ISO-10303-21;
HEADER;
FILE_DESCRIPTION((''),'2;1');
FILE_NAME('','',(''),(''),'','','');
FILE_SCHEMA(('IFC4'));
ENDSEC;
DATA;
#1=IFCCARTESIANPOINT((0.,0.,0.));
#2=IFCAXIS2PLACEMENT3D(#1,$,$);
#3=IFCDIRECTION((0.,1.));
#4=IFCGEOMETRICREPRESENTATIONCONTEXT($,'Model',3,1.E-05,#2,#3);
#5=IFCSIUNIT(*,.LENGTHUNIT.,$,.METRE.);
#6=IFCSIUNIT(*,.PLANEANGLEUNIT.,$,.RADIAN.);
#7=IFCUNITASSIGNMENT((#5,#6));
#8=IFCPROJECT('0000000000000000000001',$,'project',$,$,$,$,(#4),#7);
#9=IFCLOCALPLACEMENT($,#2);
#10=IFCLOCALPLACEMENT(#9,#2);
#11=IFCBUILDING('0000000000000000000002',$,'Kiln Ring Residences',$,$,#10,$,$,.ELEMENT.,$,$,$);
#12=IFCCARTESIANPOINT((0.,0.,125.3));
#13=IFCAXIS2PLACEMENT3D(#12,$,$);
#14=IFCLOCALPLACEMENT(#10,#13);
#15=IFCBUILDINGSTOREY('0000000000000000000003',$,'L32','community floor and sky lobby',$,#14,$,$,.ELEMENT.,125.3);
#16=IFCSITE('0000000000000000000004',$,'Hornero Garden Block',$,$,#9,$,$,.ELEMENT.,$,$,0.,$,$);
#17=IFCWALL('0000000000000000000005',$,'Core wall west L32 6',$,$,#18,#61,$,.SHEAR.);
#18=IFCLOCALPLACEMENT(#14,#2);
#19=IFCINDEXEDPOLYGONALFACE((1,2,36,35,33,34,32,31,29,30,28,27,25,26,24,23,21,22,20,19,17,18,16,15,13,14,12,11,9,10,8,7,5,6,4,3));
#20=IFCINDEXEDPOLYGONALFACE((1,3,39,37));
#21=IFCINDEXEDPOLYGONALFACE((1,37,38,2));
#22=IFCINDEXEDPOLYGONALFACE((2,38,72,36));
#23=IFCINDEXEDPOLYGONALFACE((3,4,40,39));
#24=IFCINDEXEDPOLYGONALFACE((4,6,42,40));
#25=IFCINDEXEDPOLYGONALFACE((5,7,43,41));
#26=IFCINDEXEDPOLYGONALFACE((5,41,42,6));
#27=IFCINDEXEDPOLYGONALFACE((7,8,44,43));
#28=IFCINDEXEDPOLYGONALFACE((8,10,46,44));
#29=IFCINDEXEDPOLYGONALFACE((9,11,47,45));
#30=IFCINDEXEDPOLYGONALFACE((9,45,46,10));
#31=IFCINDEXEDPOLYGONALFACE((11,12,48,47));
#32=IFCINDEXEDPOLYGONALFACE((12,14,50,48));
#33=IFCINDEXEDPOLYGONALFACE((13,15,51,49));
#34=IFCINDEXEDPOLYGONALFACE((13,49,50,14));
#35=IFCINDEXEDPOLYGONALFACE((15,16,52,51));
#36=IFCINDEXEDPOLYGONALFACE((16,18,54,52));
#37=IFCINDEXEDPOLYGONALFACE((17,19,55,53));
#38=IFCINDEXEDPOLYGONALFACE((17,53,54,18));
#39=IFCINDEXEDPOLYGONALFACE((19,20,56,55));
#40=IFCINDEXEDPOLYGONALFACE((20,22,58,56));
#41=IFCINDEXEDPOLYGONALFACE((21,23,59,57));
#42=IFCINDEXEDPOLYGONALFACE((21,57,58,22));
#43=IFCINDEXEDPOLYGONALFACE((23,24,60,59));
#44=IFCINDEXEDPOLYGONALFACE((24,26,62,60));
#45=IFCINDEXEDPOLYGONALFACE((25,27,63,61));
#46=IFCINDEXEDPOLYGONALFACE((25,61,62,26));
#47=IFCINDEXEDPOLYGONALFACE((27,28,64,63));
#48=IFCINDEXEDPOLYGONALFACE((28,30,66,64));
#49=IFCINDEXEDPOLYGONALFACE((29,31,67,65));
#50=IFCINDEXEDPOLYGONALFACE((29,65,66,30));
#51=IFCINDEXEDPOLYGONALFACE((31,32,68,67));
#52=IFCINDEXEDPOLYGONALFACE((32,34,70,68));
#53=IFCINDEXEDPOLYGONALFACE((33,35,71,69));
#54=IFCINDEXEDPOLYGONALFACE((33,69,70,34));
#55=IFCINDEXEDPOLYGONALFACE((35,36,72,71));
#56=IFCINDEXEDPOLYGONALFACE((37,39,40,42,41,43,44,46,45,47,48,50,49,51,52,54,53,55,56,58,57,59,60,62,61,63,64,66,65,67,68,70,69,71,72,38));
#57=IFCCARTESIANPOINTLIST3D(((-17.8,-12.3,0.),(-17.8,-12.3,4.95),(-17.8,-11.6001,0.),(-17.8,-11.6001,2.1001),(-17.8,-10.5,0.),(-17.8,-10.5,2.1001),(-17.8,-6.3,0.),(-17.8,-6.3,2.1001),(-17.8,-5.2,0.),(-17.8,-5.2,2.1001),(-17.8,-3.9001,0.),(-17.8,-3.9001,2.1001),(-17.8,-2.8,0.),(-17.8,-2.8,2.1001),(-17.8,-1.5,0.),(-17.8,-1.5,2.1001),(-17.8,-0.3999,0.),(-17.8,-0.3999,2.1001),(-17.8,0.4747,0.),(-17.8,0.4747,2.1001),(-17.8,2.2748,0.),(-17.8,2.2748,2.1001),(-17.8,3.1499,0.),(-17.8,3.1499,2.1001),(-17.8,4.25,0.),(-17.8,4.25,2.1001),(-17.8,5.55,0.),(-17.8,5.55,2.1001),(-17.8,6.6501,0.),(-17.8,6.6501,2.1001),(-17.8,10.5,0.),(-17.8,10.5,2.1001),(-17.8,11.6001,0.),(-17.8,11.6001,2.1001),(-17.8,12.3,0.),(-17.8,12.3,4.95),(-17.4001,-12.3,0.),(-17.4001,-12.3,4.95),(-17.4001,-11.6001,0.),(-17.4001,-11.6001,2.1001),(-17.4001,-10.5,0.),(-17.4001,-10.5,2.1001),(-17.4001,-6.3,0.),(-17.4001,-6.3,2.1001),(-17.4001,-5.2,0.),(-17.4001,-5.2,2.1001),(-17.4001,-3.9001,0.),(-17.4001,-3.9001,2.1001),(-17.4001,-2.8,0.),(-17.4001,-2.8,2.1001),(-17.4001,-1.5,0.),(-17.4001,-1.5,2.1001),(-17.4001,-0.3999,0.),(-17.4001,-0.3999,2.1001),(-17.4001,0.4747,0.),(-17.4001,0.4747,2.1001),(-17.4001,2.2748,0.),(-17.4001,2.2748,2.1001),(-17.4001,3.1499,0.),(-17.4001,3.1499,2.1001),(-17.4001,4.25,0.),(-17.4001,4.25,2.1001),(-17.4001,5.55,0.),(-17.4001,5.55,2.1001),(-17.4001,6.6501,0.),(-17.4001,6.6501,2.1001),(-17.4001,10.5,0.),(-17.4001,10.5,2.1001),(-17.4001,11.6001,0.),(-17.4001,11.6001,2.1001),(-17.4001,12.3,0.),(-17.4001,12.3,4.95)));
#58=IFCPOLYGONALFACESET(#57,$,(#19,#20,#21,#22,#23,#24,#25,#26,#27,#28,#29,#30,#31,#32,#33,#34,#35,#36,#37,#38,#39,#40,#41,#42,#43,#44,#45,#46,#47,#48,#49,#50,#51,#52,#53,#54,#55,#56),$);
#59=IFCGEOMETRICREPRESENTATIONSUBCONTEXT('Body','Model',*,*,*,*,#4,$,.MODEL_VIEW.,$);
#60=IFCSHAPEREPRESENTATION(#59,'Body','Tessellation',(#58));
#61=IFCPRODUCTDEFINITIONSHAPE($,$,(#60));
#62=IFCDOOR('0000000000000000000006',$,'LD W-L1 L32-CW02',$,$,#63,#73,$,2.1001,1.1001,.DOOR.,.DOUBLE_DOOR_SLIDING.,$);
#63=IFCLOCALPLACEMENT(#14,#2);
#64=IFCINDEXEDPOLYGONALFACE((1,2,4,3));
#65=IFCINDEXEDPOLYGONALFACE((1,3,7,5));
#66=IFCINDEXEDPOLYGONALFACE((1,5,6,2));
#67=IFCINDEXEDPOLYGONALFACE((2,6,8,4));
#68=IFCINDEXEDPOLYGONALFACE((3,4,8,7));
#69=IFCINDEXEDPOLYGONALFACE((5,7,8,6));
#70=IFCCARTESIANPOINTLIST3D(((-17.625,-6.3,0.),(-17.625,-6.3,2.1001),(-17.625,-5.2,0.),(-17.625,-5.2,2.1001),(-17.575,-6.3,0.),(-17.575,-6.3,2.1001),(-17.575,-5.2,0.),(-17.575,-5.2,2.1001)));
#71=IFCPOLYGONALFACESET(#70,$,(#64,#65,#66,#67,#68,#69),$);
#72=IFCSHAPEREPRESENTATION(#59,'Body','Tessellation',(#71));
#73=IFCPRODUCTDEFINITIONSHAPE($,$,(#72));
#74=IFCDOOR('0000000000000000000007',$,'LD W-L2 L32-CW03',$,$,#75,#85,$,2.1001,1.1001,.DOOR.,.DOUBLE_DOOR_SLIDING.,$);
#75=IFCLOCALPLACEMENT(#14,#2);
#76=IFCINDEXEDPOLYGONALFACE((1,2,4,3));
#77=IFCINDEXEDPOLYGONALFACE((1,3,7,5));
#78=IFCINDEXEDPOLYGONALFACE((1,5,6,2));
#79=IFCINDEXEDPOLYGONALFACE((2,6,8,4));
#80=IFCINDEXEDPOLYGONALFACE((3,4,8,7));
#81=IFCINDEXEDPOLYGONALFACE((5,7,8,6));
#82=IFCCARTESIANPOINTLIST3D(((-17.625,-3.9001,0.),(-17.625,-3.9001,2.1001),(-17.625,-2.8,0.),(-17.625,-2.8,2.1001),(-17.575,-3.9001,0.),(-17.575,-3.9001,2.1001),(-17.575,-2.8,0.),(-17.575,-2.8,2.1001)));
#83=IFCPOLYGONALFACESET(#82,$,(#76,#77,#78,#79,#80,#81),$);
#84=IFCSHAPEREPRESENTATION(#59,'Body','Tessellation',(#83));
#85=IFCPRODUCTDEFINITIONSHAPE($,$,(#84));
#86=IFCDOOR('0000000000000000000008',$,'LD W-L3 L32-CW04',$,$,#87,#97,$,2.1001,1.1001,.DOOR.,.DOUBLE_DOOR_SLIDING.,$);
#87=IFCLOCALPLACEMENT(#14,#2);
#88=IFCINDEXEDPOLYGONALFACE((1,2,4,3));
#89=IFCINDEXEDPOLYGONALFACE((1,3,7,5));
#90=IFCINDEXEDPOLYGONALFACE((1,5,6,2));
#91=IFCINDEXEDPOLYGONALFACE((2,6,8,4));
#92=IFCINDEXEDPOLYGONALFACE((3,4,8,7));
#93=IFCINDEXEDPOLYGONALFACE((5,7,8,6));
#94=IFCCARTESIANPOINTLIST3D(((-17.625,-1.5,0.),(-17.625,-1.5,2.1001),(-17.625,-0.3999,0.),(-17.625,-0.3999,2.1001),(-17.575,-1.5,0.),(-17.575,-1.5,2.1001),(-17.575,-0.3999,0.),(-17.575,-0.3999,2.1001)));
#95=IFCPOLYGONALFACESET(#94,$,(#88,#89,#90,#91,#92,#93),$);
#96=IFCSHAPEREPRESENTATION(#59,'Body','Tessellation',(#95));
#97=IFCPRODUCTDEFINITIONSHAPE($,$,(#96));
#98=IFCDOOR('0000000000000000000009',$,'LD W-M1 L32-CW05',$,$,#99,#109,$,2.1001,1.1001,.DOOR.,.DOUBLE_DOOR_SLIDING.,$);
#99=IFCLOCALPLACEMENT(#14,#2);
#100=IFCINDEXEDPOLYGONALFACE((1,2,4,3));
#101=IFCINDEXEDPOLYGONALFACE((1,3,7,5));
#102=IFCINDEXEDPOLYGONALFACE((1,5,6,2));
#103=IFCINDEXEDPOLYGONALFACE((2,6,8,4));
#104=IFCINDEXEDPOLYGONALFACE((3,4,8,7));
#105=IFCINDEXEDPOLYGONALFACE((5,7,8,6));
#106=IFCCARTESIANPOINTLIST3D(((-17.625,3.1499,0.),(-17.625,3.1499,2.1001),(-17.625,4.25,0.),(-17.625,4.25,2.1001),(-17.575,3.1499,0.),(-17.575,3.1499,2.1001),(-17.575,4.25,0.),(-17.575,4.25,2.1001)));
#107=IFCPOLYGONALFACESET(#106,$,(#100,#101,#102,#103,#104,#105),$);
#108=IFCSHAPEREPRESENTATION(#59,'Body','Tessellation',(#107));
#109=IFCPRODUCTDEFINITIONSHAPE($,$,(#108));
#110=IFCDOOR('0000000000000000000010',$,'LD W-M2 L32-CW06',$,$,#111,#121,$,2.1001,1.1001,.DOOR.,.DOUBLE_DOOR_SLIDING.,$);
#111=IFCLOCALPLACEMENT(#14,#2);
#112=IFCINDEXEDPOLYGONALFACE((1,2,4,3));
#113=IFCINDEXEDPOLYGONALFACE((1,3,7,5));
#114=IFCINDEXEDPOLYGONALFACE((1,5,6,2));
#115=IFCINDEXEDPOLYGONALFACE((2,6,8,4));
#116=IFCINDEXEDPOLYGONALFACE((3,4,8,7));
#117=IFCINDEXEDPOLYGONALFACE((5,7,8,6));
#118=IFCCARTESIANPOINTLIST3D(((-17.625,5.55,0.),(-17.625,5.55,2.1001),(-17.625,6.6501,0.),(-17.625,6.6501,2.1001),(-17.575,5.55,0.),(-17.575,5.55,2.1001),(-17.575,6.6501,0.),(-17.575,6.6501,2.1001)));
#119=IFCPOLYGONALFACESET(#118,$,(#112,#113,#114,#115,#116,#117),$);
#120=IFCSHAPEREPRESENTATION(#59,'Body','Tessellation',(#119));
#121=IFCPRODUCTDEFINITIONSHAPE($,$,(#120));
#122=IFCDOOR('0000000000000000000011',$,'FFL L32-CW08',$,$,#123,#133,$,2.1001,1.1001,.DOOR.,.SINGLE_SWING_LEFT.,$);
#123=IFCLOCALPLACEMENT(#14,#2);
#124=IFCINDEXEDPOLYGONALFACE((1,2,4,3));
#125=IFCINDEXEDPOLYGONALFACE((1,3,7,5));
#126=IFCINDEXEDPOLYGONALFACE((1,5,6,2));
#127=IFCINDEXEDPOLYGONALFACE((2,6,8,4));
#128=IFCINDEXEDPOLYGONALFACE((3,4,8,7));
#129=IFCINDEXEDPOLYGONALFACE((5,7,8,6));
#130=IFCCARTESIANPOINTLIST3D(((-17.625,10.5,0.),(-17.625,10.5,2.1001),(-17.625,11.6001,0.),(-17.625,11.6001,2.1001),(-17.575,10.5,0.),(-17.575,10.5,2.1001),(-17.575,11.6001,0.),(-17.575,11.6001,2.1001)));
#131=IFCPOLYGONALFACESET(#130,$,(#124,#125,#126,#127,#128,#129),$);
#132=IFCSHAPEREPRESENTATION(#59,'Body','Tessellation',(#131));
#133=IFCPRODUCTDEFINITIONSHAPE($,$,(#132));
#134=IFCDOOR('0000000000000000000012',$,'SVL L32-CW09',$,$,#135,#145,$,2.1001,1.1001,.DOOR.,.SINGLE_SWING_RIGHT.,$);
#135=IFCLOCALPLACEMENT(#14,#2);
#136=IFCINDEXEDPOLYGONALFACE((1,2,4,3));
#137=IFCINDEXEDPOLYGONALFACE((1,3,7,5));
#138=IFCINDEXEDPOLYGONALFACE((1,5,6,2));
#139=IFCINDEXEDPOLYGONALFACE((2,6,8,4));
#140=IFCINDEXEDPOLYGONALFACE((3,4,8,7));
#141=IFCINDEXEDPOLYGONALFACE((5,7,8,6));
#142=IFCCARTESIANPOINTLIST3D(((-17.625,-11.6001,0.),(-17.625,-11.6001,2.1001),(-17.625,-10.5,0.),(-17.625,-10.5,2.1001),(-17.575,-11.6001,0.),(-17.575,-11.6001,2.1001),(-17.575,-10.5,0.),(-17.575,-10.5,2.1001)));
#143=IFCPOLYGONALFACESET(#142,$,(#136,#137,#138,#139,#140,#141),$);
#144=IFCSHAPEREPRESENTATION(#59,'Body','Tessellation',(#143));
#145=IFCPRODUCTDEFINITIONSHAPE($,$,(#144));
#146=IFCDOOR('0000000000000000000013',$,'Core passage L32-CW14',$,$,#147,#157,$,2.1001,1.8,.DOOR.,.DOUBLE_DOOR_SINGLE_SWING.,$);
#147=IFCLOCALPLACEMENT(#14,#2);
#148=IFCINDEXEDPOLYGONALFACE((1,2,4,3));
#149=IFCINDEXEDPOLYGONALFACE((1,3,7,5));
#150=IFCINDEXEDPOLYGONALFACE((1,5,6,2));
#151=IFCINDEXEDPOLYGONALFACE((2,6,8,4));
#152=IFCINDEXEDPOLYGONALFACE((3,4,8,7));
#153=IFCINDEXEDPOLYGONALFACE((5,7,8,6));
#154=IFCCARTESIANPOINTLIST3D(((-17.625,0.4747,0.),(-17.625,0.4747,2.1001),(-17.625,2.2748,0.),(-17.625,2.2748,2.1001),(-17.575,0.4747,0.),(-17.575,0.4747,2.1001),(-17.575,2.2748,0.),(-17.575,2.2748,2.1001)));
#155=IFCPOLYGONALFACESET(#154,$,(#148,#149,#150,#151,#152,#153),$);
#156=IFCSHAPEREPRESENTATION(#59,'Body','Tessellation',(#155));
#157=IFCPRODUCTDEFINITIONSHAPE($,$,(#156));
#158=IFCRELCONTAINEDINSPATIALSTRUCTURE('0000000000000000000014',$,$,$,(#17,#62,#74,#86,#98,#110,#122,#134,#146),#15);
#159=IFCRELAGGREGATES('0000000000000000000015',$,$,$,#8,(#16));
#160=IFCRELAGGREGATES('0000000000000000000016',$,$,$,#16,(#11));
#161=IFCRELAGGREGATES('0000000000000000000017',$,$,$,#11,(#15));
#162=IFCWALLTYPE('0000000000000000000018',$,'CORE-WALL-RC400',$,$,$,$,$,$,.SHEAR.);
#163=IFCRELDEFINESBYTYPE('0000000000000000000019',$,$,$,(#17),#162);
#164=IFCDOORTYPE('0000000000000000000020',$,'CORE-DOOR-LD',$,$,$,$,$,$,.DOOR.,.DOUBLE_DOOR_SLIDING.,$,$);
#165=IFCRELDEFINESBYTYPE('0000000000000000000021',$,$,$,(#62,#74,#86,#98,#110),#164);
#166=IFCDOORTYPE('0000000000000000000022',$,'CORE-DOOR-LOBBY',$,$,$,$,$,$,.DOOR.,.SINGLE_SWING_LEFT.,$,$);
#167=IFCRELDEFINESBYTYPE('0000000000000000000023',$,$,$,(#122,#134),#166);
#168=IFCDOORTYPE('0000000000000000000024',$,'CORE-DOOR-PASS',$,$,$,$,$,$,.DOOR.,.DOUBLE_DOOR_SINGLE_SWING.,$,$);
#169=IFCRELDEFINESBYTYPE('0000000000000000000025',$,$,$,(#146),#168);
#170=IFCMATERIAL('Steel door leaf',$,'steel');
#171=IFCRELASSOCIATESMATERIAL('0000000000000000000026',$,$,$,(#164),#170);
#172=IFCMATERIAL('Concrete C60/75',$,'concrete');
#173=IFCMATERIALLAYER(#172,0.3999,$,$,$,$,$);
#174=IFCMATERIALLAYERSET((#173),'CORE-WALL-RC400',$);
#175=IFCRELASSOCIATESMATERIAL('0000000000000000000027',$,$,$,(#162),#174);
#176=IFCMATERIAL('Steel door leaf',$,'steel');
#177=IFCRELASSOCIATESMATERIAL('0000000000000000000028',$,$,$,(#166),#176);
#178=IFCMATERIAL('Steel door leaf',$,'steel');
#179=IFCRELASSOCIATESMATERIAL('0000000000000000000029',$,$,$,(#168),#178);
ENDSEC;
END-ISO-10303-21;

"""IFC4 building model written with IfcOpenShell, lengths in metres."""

from ifc_helpers import new_model, si_unit, direction, frame, frame_2d, origin, place, context, subcontext, project, spatial, rectangle, extrude, material, layer, layer_set, type_object, element, fill, save


model = new_model("IFC4")

# Units and contexts
model_context = context("Model", 3, precision=1e-05, world=origin(), true_north=direction((0.0, 1.0)))
body_context = subcontext(model_context, "Body", "Model", "MODEL_VIEW")
ifc_project = project(units=[si_unit("LENGTHUNIT", "METRE"), si_unit("PLANEANGLEUNIT", "RADIAN")], contexts=[model_context])

# Site, building, storey
site_placement = place(None, origin())
site = spatial("IfcSite", under=ifc_project, at=site_placement, Name="Hornero Garden Block", CompositionType="ELEMENT", RefElevation=0.0)
building_placement = place(site_placement, origin())
building = spatial("IfcBuilding", under=site, at=building_placement, Name="Kiln Ring Residences", CompositionType="ELEMENT")
storey_placement = place(building_placement, frame((0.0, 0.0, 125.3)))
storey = spatial("IfcBuildingStorey", under=building, at=storey_placement, Name="L32", Description="community floor and sky lobby", CompositionType="ELEMENT", Elevation=125.3)

# Wall, openings, doors
ifc_material_1 = material(Name="Steel door leaf", Category="steel")
door_type_1 = type_object("IfcDoorType", Name="CORE-DOOR-LD", OperationType="DOUBLE_DOOR_SLIDING", PredefinedType="DOOR", material=ifc_material_1)
ifc_material_2 = material(Name="Concrete C60/75", Category="concrete")
ifc_layer_1 = layer(ifc_material_2, 0.3999)
ifc_layer_set_1 = layer_set([ifc_layer_1], Name="CORE-WALL-RC400")
wall_type_1 = type_object("IfcWallType", Name="CORE-WALL-RC400", PredefinedType="SHEAR", material=ifc_layer_set_1)
wall_1_placement = place(storey_placement, frame((-17.6001, -12.3, 0.0), z_axis=(0.0, 0.0, 1.0), x_axis=(0.0, 1.0, 0.0)))
wall_1 = element("IfcWall", 1, at=wall_1_placement, inside=storey, type_object=wall_type_1, Name="Core wall west L32 6", PredefinedType="SHEAR", context=body_context, shape_type="SweptSolid", body=[
    extrude(rectangle(XDim=24.6001, YDim=0.3999, at=frame_2d((12.3, 0.0))), origin(), (0.0, 0.0, 1.0), 4.95),
])
opening_1_placement = place(wall_1_placement, frame((6.0, 0.0, 0.0)))
opening_1 = element("IfcOpeningElement", 2, at=opening_1_placement, cuts=wall_1, PredefinedType="OPENING", context=body_context, shape_type="SweptSolid", body=[
    extrude(rectangle(XDim=1.1001, YDim=2.1001, at=frame_2d((0.55, 1.05))), frame((0.0, 0.21, 0.0), z_axis=(0.0, -1.0, 0.0), x_axis=(1.0, 0.0, 0.0)), (0.0, 0.0, 1.0), 0.4199),
])
opening_2_placement = place(wall_1_placement, frame((8.3999, 0.0, 0.0)))
opening_2 = element("IfcOpeningElement", 3, at=opening_2_placement, cuts=wall_1, PredefinedType="OPENING", context=body_context, shape_type="SweptSolid", body=[
    extrude(rectangle(XDim=1.1001, YDim=2.1001, at=frame_2d((0.55, 1.05))), frame((0.0, 0.21, 0.0), z_axis=(0.0, -1.0, 0.0), x_axis=(1.0, 0.0, 0.0)), (0.0, 0.0, 1.0), 0.4199),
])
opening_3_placement = place(wall_1_placement, frame((10.8, 0.0, 0.0)))
opening_3 = element("IfcOpeningElement", 4, at=opening_3_placement, cuts=wall_1, PredefinedType="OPENING", context=body_context, shape_type="SweptSolid", body=[
    extrude(rectangle(XDim=1.1001, YDim=2.1001, at=frame_2d((0.55, 1.05))), frame((0.0, 0.21, 0.0), z_axis=(0.0, -1.0, 0.0), x_axis=(1.0, 0.0, 0.0)), (0.0, 0.0, 1.0), 0.4199),
])
opening_4_placement = place(wall_1_placement, frame((15.45, 0.0, 0.0)))
opening_4 = element("IfcOpeningElement", 5, at=opening_4_placement, cuts=wall_1, PredefinedType="OPENING", context=body_context, shape_type="SweptSolid", body=[
    extrude(rectangle(XDim=1.1001, YDim=2.1001, at=frame_2d((0.55, 1.05))), frame((0.0, 0.21, 0.0), z_axis=(0.0, -1.0, 0.0), x_axis=(1.0, 0.0, 0.0)), (0.0, 0.0, 1.0), 0.4199),
])
opening_5_placement = place(wall_1_placement, frame((17.8501, 0.0, 0.0)))
opening_5 = element("IfcOpeningElement", 6, at=opening_5_placement, cuts=wall_1, PredefinedType="OPENING", context=body_context, shape_type="SweptSolid", body=[
    extrude(rectangle(XDim=1.1001, YDim=2.1001, at=frame_2d((0.55, 1.05))), frame((0.0, 0.21, 0.0), z_axis=(0.0, -1.0, 0.0), x_axis=(1.0, 0.0, 0.0)), (0.0, 0.0, 1.0), 0.4199),
])
opening_6_placement = place(wall_1_placement, frame((22.8, 0.0, 0.0)))
opening_6 = element("IfcOpeningElement", 7, at=opening_6_placement, cuts=wall_1, PredefinedType="OPENING", context=body_context, shape_type="SweptSolid", body=[
    extrude(rectangle(XDim=1.1001, YDim=2.1001, at=frame_2d((0.55, 1.05))), frame((0.0, 0.21, 0.0), z_axis=(0.0, -1.0, 0.0), x_axis=(1.0, 0.0, 0.0)), (0.0, 0.0, 1.0), 0.4199),
])
opening_7_placement = place(wall_1_placement, frame((0.7, 0.0, 0.0)))
opening_7 = element("IfcOpeningElement", 8, at=opening_7_placement, cuts=wall_1, PredefinedType="OPENING", context=body_context, shape_type="SweptSolid", body=[
    extrude(rectangle(XDim=1.1001, YDim=2.1001, at=frame_2d((0.55, 1.05))), frame((0.0, 0.21, 0.0), z_axis=(0.0, -1.0, 0.0), x_axis=(1.0, 0.0, 0.0)), (0.0, 0.0, 1.0), 0.4199),
])
opening_8_placement = place(wall_1_placement, frame((12.7749, 0.0, 0.0)))
opening_8 = element("IfcOpeningElement", 9, at=opening_8_placement, cuts=wall_1, PredefinedType="OPENING", context=body_context, shape_type="SweptSolid", body=[
    extrude(rectangle(XDim=1.8, YDim=2.1001, at=frame_2d((0.8999, 1.05))), frame((0.0, 0.21, 0.0), z_axis=(0.0, -1.0, 0.0), x_axis=(1.0, 0.0, 0.0)), (0.0, 0.0, 1.0), 0.4199),
])
door_1_placement = place(opening_1_placement, origin())
door_1 = element("IfcDoor", 10, at=door_1_placement, inside=storey, type_object=door_type_1, Name="LD W-L1 L32-CW02", OperationType="DOUBLE_DOOR_SLIDING", OverallHeight=2.1001, OverallWidth=1.1001, PredefinedType="DOOR", context=body_context, shape_type="SweptSolid", body=[
    extrude(rectangle(XDim=1.1001, YDim=2.1001, at=frame_2d((0.55, 1.05))), frame((0.0, 0.0249, 0.0), z_axis=(0.0, -1.0, 0.0), x_axis=(1.0, 0.0, 0.0)), (0.0, 0.0, 1.0), 0.05),
])
fill(opening_1, door_1)
door_2_placement = place(opening_2_placement, origin())
door_2 = element("IfcDoor", 11, at=door_2_placement, inside=storey, type_object=door_type_1, Name="LD W-L2 L32-CW03", OperationType="DOUBLE_DOOR_SLIDING", OverallHeight=2.1001, OverallWidth=1.1001, PredefinedType="DOOR", context=body_context, shape_type="SweptSolid", body=[
    extrude(rectangle(XDim=1.1001, YDim=2.1001, at=frame_2d((0.55, 1.05))), frame((0.0, 0.0249, 0.0), z_axis=(0.0, -1.0, 0.0), x_axis=(1.0, 0.0, 0.0)), (0.0, 0.0, 1.0), 0.05),
])
fill(opening_2, door_2)
door_3_placement = place(opening_3_placement, origin())
door_3 = element("IfcDoor", 12, at=door_3_placement, inside=storey, type_object=door_type_1, Name="LD W-L3 L32-CW04", OperationType="DOUBLE_DOOR_SLIDING", OverallHeight=2.1001, OverallWidth=1.1001, PredefinedType="DOOR", context=body_context, shape_type="SweptSolid", body=[
    extrude(rectangle(XDim=1.1001, YDim=2.1001, at=frame_2d((0.55, 1.05))), frame((0.0, 0.0249, 0.0), z_axis=(0.0, -1.0, 0.0), x_axis=(1.0, 0.0, 0.0)), (0.0, 0.0, 1.0), 0.05),
])
fill(opening_3, door_3)
door_4_placement = place(opening_4_placement, origin())
door_4 = element("IfcDoor", 13, at=door_4_placement, inside=storey, type_object=door_type_1, Name="LD W-M1 L32-CW05", OperationType="DOUBLE_DOOR_SLIDING", OverallHeight=2.1001, OverallWidth=1.1001, PredefinedType="DOOR", context=body_context, shape_type="SweptSolid", body=[
    extrude(rectangle(XDim=1.1001, YDim=2.1001, at=frame_2d((0.55, 1.05))), frame((0.0, 0.0249, 0.0), z_axis=(0.0, -1.0, 0.0), x_axis=(1.0, 0.0, 0.0)), (0.0, 0.0, 1.0), 0.05),
])
fill(opening_4, door_4)
door_5_placement = place(opening_5_placement, origin())
door_5 = element("IfcDoor", 14, at=door_5_placement, inside=storey, type_object=door_type_1, Name="LD W-M2 L32-CW06", OperationType="DOUBLE_DOOR_SLIDING", OverallHeight=2.1001, OverallWidth=1.1001, PredefinedType="DOOR", context=body_context, shape_type="SweptSolid", body=[
    extrude(rectangle(XDim=1.1001, YDim=2.1001, at=frame_2d((0.55, 1.05))), frame((0.0, 0.0249, 0.0), z_axis=(0.0, -1.0, 0.0), x_axis=(1.0, 0.0, 0.0)), (0.0, 0.0, 1.0), 0.05),
])
fill(opening_5, door_5)
ifc_material_3 = material(Name="Steel door leaf", Category="steel")
door_type_2 = type_object("IfcDoorType", Name="CORE-DOOR-LOBBY", OperationType="SINGLE_SWING_LEFT", PredefinedType="DOOR", material=ifc_material_3)
door_6_placement = place(opening_6_placement, origin())
door_6 = element("IfcDoor", 15, at=door_6_placement, inside=storey, type_object=door_type_2, Name="FFL L32-CW08", OperationType="SINGLE_SWING_LEFT", OverallHeight=2.1001, OverallWidth=1.1001, PredefinedType="DOOR", context=body_context, shape_type="SweptSolid", body=[
    extrude(rectangle(XDim=1.1001, YDim=2.1001, at=frame_2d((0.55, 1.05))), frame((0.0, 0.0249, 0.0), z_axis=(0.0, -1.0, 0.0), x_axis=(1.0, 0.0, 0.0)), (0.0, 0.0, 1.0), 0.05),
])
fill(opening_6, door_6)
door_7_placement = place(opening_7_placement, origin())
door_7 = element("IfcDoor", 16, at=door_7_placement, inside=storey, type_object=door_type_2, Name="SVL L32-CW09", OperationType="SINGLE_SWING_RIGHT", OverallHeight=2.1001, OverallWidth=1.1001, PredefinedType="DOOR", context=body_context, shape_type="SweptSolid", body=[
    extrude(rectangle(XDim=1.1001, YDim=2.1001, at=frame_2d((0.55, 1.05))), frame((0.0, 0.0249, 0.0), z_axis=(0.0, -1.0, 0.0), x_axis=(1.0, 0.0, 0.0)), (0.0, 0.0, 1.0), 0.05),
])
fill(opening_7, door_7)
ifc_material_4 = material(Name="Steel door leaf", Category="steel")
door_type_3 = type_object("IfcDoorType", Name="CORE-DOOR-PASS", OperationType="DOUBLE_DOOR_SINGLE_SWING", PredefinedType="DOOR", material=ifc_material_4)
door_8_placement = place(opening_8_placement, origin())
door_8 = element("IfcDoor", 17, at=door_8_placement, inside=storey, type_object=door_type_3, Name="Core passage L32-CW14", OperationType="DOUBLE_DOOR_SINGLE_SWING", OverallHeight=2.1001, OverallWidth=1.8, PredefinedType="DOOR", context=body_context, shape_type="SweptSolid", body=[
    extrude(rectangle(XDim=1.8, YDim=2.1001, at=frame_2d((0.8999, 1.05))), frame((0.0, 0.0249, 0.0), z_axis=(0.0, -1.0, 0.0), x_axis=(1.0, 0.0, 0.0)), (0.0, 0.0, 1.0), 0.05),
])
fill(opening_8, door_8)

save(model, "model.ifc")
